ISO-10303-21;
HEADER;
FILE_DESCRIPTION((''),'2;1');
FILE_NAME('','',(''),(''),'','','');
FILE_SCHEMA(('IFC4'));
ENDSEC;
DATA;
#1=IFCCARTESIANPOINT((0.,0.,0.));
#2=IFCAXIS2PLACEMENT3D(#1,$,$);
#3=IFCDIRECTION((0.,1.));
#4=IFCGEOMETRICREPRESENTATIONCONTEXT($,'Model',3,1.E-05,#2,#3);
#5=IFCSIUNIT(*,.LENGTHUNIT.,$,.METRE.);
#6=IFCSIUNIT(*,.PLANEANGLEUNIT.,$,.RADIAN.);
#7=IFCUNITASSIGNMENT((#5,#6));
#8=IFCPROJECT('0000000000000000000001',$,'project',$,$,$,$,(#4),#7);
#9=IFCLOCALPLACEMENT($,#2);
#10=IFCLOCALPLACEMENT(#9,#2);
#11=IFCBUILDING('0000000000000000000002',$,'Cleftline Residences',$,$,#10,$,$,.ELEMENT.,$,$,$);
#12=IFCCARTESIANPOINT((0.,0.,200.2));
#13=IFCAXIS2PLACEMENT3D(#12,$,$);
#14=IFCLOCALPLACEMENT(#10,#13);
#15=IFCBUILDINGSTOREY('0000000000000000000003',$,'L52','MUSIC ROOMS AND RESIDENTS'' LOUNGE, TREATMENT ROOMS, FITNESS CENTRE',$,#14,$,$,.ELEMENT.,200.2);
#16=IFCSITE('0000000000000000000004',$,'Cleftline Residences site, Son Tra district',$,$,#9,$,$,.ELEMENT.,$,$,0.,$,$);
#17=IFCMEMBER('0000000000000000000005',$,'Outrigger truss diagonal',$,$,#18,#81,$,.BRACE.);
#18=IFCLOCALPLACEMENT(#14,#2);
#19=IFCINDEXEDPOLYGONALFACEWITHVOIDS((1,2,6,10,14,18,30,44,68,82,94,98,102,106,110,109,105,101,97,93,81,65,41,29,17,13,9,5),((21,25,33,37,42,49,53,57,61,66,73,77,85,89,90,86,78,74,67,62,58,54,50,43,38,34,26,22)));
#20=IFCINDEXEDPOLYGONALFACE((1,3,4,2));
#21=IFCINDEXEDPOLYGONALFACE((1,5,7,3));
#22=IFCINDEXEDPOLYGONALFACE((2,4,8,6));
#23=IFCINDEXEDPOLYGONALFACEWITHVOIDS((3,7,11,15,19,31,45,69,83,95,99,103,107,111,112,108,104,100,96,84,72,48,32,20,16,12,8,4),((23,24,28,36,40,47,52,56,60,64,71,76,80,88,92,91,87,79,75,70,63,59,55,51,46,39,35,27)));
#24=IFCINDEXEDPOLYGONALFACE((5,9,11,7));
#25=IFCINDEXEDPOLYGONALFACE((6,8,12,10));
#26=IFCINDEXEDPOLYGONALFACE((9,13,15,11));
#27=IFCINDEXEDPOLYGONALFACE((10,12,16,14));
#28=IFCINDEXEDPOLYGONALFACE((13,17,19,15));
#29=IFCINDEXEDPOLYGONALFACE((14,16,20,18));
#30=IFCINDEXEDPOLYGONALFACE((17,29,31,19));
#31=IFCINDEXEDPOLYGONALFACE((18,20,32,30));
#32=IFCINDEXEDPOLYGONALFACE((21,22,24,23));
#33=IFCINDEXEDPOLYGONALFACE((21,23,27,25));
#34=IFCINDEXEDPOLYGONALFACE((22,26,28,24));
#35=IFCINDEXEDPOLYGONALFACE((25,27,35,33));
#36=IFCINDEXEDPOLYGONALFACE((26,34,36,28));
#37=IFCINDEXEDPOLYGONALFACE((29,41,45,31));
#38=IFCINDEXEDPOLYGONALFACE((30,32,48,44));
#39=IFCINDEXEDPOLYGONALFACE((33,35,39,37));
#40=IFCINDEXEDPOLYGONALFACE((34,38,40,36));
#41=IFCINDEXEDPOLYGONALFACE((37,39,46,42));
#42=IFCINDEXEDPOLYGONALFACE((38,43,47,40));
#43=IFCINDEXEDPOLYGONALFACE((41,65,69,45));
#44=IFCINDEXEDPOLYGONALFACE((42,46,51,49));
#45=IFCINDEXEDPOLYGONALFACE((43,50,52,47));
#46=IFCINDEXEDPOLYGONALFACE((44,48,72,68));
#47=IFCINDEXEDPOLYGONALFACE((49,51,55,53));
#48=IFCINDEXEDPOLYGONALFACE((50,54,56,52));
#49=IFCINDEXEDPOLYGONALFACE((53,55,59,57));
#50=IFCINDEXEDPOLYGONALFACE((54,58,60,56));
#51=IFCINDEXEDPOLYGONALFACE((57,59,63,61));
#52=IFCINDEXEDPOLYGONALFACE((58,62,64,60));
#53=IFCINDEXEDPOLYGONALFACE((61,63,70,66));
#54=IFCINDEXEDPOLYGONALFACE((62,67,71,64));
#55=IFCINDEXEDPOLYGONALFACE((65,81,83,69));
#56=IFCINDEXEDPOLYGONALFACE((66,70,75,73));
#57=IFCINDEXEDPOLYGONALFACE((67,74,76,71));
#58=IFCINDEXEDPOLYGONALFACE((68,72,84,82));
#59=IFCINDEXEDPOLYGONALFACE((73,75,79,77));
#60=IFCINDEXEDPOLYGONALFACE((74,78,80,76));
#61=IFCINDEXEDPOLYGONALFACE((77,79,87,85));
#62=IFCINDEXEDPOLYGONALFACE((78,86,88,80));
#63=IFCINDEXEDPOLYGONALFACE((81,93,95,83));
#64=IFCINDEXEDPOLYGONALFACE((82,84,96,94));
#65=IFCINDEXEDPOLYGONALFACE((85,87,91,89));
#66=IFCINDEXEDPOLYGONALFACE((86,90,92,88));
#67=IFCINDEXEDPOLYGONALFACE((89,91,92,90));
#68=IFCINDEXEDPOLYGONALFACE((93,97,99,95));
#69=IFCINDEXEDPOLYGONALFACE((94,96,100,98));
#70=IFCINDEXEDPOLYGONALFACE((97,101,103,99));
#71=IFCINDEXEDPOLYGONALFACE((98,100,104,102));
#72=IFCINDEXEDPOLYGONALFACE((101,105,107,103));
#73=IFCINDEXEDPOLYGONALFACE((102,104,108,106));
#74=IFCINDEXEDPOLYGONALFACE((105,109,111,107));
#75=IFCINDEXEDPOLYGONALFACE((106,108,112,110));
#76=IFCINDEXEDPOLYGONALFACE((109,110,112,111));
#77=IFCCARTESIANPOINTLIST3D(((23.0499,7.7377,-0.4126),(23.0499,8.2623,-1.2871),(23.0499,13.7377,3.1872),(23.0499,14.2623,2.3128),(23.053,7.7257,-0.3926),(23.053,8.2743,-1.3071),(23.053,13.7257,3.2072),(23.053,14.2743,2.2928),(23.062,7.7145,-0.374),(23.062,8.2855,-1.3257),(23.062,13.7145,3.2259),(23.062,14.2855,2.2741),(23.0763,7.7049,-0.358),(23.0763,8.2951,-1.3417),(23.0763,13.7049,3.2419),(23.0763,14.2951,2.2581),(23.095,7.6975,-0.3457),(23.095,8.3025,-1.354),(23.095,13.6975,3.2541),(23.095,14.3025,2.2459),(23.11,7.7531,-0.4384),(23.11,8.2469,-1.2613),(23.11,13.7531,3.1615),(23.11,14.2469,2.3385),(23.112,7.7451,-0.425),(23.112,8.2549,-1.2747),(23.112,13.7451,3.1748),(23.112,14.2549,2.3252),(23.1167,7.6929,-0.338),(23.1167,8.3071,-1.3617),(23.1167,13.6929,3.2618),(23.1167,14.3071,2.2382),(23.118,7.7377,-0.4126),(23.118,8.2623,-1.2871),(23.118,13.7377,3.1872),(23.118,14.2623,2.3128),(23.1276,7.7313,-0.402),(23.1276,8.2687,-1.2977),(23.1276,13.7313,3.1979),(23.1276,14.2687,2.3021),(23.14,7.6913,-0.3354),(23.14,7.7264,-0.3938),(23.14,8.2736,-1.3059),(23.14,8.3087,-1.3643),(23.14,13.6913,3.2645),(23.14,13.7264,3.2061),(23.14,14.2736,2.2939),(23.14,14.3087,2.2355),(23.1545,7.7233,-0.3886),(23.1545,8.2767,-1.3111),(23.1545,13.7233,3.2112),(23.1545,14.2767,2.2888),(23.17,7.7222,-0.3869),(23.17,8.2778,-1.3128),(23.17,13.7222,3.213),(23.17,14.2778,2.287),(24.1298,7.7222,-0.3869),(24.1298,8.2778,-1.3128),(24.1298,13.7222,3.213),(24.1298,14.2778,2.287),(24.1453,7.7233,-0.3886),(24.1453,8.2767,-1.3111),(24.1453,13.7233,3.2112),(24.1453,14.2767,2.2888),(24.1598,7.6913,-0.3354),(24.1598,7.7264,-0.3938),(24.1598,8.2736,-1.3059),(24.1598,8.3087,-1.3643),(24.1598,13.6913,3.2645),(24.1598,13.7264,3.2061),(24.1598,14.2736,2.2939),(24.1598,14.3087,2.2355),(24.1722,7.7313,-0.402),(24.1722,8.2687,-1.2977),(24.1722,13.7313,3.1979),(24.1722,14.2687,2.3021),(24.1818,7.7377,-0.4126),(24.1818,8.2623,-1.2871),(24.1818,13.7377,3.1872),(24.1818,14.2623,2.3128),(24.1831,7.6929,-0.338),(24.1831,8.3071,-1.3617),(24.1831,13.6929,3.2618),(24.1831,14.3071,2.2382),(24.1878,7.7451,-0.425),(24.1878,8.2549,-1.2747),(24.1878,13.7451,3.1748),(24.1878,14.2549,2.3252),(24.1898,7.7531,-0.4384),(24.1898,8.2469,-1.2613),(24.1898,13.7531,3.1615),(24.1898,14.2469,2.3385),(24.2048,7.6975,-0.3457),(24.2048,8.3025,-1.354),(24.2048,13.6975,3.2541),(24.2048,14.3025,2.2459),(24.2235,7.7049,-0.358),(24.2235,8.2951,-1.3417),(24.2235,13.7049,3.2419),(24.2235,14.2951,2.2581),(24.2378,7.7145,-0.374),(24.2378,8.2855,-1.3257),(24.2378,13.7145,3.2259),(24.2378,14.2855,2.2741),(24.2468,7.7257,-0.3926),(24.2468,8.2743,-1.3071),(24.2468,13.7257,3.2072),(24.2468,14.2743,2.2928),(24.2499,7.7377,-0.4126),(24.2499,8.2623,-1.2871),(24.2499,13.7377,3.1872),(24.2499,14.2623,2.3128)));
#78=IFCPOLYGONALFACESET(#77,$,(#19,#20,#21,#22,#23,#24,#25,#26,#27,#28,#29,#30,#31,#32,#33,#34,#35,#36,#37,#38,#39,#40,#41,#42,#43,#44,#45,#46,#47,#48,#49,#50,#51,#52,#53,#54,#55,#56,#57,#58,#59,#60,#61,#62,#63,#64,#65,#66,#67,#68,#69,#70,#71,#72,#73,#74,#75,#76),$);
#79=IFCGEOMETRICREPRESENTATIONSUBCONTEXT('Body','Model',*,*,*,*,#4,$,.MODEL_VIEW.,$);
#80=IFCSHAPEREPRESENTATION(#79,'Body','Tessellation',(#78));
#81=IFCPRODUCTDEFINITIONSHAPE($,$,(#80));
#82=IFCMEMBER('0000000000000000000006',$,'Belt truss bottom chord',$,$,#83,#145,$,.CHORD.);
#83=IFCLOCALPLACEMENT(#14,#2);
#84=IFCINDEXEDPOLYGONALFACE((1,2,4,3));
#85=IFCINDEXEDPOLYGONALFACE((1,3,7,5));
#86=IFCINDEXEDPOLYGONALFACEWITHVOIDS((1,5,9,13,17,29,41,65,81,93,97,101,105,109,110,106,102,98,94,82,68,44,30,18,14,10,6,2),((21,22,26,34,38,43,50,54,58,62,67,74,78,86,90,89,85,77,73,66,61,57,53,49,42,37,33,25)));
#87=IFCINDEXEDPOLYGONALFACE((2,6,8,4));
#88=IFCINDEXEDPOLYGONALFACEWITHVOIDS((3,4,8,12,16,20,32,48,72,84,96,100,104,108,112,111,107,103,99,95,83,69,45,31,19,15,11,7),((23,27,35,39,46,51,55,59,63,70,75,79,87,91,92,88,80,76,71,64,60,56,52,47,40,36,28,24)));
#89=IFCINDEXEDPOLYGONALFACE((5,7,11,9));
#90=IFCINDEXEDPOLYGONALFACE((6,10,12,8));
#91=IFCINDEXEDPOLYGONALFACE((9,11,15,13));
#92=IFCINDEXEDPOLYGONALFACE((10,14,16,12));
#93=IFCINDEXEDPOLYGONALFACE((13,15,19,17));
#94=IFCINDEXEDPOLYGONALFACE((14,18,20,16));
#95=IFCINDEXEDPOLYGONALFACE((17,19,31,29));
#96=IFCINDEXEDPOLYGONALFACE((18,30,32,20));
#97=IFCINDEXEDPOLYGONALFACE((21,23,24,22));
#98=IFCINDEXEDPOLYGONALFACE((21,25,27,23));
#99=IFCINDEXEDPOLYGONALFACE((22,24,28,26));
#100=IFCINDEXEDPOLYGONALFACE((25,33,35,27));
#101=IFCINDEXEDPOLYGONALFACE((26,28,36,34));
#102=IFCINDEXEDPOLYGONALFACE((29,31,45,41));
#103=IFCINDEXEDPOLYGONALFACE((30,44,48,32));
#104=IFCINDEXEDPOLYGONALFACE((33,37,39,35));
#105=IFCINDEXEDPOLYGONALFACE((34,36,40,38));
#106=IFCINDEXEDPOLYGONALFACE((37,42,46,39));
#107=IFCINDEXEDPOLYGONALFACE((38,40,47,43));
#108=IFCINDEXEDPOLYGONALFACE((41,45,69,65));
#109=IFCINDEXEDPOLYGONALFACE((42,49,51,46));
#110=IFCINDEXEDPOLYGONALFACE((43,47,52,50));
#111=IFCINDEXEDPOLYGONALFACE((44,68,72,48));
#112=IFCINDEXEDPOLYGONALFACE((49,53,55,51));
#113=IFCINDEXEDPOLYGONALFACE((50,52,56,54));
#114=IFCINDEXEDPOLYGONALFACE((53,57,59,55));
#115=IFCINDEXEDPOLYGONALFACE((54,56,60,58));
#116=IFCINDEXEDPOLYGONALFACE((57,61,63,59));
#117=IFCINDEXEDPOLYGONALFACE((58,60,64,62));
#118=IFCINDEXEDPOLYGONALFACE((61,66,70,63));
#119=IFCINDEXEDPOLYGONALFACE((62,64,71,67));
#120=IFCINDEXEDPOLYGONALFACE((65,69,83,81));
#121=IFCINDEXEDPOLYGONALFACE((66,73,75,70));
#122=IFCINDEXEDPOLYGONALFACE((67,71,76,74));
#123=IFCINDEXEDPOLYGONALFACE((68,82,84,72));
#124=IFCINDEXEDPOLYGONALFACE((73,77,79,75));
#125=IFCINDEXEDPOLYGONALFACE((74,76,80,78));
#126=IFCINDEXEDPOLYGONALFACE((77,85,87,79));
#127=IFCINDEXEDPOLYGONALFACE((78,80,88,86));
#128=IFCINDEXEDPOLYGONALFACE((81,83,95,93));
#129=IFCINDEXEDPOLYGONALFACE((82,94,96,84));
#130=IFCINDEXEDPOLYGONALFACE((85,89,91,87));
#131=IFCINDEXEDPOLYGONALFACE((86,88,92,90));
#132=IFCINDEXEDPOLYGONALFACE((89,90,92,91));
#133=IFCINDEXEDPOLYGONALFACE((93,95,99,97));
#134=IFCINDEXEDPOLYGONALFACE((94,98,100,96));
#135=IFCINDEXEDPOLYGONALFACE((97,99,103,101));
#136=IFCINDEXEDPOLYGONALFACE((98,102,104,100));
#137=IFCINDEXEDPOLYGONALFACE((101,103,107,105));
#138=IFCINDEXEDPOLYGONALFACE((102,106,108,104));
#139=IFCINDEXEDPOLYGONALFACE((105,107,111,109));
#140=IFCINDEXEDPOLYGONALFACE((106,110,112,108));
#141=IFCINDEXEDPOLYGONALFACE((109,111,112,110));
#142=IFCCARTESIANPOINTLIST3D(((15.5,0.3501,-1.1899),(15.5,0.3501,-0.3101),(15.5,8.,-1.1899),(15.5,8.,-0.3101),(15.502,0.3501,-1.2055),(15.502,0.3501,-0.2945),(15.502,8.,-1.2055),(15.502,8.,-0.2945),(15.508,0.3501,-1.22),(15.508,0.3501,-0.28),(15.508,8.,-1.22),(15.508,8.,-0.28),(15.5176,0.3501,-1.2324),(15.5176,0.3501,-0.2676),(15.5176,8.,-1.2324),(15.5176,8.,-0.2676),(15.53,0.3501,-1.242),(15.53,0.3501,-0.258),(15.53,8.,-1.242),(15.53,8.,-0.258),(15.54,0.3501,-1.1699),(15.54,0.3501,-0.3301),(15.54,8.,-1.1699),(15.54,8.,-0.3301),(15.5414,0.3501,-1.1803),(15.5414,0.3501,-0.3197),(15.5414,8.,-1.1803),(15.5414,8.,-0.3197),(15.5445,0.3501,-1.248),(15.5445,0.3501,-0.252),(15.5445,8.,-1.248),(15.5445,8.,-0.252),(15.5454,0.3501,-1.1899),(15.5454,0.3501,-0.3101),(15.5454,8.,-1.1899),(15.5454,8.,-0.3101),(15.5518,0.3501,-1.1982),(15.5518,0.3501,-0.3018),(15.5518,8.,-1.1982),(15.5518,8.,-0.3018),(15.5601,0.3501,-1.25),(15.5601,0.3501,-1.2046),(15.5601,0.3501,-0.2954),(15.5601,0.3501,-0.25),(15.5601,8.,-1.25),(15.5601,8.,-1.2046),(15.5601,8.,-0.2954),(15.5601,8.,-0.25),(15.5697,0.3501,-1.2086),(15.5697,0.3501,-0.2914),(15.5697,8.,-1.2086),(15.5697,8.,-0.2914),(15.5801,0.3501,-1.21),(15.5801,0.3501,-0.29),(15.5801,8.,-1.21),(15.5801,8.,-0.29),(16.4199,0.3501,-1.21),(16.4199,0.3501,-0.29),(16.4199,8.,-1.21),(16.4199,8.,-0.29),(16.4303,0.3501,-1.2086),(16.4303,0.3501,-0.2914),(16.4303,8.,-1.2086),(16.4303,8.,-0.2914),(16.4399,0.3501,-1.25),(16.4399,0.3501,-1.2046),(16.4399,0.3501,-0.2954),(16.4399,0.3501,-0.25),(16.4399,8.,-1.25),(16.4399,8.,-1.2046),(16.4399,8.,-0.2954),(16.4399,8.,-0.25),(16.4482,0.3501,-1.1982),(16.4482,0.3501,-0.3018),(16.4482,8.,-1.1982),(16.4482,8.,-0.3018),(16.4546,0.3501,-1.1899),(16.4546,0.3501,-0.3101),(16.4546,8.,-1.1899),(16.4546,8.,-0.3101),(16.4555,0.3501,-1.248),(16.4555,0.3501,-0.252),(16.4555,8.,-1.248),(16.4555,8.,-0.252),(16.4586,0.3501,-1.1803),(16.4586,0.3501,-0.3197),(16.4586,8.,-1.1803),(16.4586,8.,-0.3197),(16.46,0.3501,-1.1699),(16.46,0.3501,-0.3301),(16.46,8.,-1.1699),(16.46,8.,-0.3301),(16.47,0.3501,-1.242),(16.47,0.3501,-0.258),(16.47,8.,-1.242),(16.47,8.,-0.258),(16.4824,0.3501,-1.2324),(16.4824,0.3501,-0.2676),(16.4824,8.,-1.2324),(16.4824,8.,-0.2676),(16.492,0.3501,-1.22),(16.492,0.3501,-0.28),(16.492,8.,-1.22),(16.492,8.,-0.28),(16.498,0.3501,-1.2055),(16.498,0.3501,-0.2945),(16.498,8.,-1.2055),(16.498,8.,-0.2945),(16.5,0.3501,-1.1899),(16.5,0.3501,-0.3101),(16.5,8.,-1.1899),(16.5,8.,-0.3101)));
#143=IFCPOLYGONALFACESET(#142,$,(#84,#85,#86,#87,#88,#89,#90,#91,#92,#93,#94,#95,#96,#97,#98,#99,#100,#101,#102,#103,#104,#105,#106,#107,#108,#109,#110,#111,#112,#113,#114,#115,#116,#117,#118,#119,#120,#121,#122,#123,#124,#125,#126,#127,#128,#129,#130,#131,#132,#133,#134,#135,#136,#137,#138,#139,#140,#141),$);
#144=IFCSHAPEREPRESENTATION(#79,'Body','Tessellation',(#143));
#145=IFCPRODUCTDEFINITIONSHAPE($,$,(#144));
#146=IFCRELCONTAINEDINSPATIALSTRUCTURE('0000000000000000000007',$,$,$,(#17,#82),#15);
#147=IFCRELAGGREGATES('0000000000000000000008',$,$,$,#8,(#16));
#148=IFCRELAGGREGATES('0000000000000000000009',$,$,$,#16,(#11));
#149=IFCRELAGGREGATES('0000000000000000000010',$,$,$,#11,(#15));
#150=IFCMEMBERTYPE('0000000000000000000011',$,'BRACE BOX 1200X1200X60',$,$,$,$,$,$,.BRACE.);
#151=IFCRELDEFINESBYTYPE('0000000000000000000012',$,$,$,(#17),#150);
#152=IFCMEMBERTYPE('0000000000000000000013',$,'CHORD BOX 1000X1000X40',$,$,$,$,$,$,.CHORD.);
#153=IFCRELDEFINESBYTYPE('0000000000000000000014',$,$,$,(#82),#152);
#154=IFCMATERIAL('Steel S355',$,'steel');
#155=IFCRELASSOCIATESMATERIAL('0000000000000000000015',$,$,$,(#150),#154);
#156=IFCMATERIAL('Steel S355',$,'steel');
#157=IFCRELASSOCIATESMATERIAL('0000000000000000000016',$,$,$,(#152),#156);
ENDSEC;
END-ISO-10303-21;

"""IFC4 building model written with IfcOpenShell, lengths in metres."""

from ifc_helpers import new_model, si_unit, direction, frame, origin, origin_2d, place, context, subcontext, project, spatial, hollow_rectangle, extrude, material, material_profile, profile_set, type_object, element, save


model = new_model("IFC4")

# Units and contexts
model_context = context("Model", 3, precision=1e-05, world=origin(), true_north=direction((0.0, 1.0)))
body_context = subcontext(model_context, "Body", "Model", "MODEL_VIEW")
ifc_project = project(units=[si_unit("LENGTHUNIT", "METRE"), si_unit("PLANEANGLEUNIT", "RADIAN")], contexts=[model_context])

# Site, building, storey
site_placement = place(None, origin())
site = spatial("IfcSite", under=ifc_project, at=site_placement, Name="Cleftline Residences site, Son Tra district", CompositionType="ELEMENT", RefElevation=0.0)
building_placement = place(site_placement, origin())
building = spatial("IfcBuilding", under=site, at=building_placement, Name="Cleftline Residences", CompositionType="ELEMENT")
storey_placement = place(building_placement, frame((0.0, 0.0, 200.2)))
storey = spatial("IfcBuildingStorey", under=building, at=storey_placement, Name="L52", Description="MUSIC ROOMS AND RESIDENTS' LOUNGE, TREATMENT ROOMS, FITNESS CENTRE", CompositionType="ELEMENT", Elevation=200.2)

# Members
ifc_material_1 = material(Name="Steel S355", Category="steel")
ifc_material_profile_1 = material_profile(ifc_material_1, hollow_rectangle(XDim=1.2, YDim=1.2, WallThickness=0.0601, InnerFilletRadius=0.0601, OuterFilletRadius=0.0901, at=origin_2d()))
ifc_profile_set_1 = profile_set([ifc_material_profile_1], Name="Steel S355")
member_type_1 = type_object("IfcMemberType", Name="BRACE BOX 1200X1200X60", PredefinedType="BRACE", material=ifc_profile_set_1)
member_1_placement = place(storey_placement, frame((23.6499, 8.0, -0.8499), z_axis=(0.0, 0.857502, 0.51448), x_axis=(0.0, -0.51448, 0.857502)))
element("IfcMember", 1, at=member_1_placement, inside=storey, type_object=member_type_1, Name="Outrigger truss diagonal", PredefinedType="BRACE", context=body_context, shape_type="SweptSolid", body=[
    extrude(hollow_rectangle(XDim=1.2, YDim=1.2, WallThickness=0.0601, InnerFilletRadius=0.0601, OuterFilletRadius=0.0901, at=origin_2d()), origin(), (0.0, 0.0, 1.0), 6.9971),
])
ifc_material_2 = material(Name="Steel S355", Category="steel")
ifc_material_profile_2 = material_profile(ifc_material_2, hollow_rectangle(XDim=1.0, YDim=1.0, WallThickness=0.04, InnerFilletRadius=0.04, OuterFilletRadius=0.0601, at=origin_2d()))
ifc_profile_set_2 = profile_set([ifc_material_profile_2], Name="Steel S355")
member_type_2 = type_object("IfcMemberType", Name="CHORD BOX 1000X1000X40", PredefinedType="CHORD", material=ifc_profile_set_2)
for number, where, z_axis, x_axis, name in (
    (2, (16.0, 0.3501, -0.75), (0.0, 1.0, 0.0), (-1.0, 0.0, 0.0), "Belt truss bottom chord"),
):
    element("IfcMember", number, at=place(storey_placement, frame(where, z_axis=z_axis, x_axis=x_axis)), inside=storey, type_object=member_type_2, Name=name, PredefinedType="CHORD", context=body_context, shape_type="SweptSolid", body=[
        extrude(hollow_rectangle(XDim=1.0, YDim=1.0, WallThickness=0.04, InnerFilletRadius=0.04, OuterFilletRadius=0.0601, at=origin_2d()), origin(), (0.0, 0.0, 1.0), 7.6499),
    ])

save(model, "model.ifc")
